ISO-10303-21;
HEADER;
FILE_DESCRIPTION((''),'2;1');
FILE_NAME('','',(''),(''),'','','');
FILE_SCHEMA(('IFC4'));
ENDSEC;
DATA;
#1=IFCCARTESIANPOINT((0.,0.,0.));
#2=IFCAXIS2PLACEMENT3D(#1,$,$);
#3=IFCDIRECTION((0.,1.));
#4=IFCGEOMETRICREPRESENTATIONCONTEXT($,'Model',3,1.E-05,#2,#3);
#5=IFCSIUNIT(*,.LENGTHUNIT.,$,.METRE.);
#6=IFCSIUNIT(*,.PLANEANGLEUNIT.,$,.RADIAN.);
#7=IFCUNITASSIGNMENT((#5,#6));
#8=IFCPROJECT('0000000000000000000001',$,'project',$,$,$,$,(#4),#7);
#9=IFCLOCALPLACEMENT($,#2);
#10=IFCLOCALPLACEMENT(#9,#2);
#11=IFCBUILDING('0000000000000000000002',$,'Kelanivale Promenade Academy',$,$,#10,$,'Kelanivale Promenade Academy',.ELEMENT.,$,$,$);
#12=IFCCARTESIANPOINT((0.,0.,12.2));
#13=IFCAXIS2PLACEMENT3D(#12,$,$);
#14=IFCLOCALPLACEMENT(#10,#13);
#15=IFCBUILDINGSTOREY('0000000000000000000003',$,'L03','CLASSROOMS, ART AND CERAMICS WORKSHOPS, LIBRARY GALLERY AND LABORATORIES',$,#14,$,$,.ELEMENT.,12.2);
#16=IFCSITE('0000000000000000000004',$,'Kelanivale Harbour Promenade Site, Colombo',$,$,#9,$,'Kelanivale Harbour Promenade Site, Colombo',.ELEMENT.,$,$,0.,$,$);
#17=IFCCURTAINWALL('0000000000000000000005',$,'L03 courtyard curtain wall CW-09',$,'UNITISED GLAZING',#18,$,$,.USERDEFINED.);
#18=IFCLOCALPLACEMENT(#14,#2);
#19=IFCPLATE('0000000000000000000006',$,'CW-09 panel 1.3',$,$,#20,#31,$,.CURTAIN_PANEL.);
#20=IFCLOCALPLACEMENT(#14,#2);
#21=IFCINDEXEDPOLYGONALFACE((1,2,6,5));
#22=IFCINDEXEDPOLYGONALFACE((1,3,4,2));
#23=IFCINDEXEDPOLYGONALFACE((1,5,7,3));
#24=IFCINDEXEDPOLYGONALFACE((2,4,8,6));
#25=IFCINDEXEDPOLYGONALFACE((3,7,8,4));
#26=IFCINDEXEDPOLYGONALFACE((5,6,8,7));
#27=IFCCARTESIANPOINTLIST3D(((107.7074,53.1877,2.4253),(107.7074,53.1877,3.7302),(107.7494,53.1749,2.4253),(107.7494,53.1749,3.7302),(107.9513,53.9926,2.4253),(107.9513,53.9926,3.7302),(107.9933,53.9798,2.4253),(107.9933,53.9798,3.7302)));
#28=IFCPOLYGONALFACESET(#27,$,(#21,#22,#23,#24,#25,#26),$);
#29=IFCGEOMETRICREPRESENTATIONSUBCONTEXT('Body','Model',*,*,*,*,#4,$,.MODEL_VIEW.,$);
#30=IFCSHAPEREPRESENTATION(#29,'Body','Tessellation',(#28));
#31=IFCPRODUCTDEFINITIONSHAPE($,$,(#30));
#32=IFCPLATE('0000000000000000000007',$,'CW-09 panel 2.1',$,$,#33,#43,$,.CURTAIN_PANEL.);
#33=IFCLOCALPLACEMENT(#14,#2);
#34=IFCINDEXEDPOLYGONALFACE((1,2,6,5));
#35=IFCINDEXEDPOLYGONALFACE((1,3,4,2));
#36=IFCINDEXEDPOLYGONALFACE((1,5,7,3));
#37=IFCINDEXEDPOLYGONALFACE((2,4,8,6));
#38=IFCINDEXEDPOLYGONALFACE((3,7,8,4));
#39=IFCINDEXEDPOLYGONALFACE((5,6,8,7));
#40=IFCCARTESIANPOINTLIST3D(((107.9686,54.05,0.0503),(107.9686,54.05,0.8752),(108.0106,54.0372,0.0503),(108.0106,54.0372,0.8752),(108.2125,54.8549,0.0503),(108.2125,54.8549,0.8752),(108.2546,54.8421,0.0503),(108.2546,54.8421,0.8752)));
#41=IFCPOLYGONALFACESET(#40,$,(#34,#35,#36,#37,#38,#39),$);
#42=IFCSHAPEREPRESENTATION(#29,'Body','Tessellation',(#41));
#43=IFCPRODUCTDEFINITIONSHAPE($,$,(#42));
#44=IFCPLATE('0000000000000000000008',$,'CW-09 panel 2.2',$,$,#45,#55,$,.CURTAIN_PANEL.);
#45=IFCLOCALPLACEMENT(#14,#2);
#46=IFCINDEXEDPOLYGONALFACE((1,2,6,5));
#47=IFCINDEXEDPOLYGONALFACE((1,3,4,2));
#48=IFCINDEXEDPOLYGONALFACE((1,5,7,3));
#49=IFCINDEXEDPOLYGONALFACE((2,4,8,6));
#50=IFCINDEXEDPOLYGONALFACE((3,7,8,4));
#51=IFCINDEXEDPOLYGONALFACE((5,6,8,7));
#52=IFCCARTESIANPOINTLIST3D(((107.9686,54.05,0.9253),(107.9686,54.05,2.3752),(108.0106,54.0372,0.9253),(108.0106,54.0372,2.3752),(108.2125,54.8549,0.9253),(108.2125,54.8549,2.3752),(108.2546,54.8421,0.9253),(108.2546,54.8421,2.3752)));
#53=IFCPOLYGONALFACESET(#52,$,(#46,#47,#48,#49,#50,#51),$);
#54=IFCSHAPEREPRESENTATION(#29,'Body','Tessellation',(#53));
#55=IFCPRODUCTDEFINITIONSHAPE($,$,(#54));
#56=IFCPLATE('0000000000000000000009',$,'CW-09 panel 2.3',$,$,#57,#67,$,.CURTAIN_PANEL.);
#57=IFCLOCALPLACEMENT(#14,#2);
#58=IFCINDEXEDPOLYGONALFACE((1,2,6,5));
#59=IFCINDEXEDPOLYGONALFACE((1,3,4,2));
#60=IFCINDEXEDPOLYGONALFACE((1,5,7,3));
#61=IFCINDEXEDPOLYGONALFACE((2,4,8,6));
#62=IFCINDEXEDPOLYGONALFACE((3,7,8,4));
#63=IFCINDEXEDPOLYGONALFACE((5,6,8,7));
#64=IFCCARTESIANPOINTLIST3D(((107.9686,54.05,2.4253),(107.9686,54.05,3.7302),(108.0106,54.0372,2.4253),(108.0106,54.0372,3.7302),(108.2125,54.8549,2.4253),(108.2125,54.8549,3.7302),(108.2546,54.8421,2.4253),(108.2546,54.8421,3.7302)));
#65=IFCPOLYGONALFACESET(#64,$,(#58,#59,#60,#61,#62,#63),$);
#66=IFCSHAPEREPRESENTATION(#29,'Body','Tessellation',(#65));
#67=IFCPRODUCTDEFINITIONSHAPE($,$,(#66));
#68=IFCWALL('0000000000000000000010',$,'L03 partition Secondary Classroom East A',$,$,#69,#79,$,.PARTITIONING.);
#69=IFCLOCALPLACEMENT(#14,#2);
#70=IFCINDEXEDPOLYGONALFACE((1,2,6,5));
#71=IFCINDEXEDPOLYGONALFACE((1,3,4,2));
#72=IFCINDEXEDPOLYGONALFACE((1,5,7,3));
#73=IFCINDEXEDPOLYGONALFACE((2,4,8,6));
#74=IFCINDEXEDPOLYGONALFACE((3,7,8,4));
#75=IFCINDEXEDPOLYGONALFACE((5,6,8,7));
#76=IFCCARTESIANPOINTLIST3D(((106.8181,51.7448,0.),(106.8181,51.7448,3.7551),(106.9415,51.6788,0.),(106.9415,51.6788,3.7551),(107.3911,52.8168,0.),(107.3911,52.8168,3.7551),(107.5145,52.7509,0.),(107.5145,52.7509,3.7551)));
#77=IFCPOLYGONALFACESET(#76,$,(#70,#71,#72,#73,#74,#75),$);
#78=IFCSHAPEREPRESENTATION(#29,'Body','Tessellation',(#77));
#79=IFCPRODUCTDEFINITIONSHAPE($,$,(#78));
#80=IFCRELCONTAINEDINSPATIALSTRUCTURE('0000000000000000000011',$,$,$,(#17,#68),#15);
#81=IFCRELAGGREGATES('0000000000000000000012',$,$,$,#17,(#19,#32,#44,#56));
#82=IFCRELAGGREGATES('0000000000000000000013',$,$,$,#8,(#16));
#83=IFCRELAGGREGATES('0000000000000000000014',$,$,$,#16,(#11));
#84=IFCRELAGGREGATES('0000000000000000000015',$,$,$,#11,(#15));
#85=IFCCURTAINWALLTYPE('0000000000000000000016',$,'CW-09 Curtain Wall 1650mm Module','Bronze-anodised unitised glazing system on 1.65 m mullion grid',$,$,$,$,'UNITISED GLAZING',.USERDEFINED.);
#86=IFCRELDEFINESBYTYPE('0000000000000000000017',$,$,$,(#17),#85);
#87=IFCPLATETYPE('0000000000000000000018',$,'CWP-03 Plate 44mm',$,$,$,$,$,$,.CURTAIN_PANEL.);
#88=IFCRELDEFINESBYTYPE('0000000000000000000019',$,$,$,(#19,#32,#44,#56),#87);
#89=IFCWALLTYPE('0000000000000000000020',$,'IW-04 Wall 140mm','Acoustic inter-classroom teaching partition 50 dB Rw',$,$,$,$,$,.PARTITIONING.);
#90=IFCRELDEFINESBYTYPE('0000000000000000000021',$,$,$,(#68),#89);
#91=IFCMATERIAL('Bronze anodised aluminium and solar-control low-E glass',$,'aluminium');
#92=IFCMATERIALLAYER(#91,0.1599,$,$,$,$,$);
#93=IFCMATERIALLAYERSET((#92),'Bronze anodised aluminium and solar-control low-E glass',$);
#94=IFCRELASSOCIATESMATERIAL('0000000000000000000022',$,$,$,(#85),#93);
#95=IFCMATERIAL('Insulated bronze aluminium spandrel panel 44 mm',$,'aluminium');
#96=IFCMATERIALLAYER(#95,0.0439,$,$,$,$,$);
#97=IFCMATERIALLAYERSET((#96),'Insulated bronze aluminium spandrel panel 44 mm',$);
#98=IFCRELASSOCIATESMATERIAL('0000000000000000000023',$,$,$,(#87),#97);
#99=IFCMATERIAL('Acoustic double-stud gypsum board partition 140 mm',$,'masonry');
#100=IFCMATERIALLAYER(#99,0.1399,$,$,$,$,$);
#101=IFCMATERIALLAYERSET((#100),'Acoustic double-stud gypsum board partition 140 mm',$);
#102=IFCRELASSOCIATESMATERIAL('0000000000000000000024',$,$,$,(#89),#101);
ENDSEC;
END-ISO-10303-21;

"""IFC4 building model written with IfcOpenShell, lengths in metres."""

from ifc_helpers import new_model, si_unit, direction, frame, frame_2d, origin, origin_2d, place, context, subcontext, project, spatial, rectangle, extrude, material, layer, layer_set, type_object, element, aggregate, save


model = new_model("IFC4")

# Units and contexts
model_context = context("Model", 3, precision=1e-05, world=origin(), true_north=direction((0.0, 1.0)))
body_context = subcontext(model_context, "Body", "Model", "MODEL_VIEW")
ifc_project = project(units=[si_unit("LENGTHUNIT", "METRE"), si_unit("PLANEANGLEUNIT", "RADIAN")], contexts=[model_context])

# Site, building, storey
site_placement = place(None, origin())
site = spatial("IfcSite", under=ifc_project, at=site_placement, Name="Kelanivale Harbour Promenade Site, Colombo", LongName="Kelanivale Harbour Promenade Site, Colombo", CompositionType="ELEMENT", RefElevation=0.0)
building_placement = place(site_placement, origin())
building = spatial("IfcBuilding", under=site, at=building_placement, Name="Kelanivale Promenade Academy", LongName="Kelanivale Promenade Academy", CompositionType="ELEMENT")
storey_placement = place(building_placement, frame((0.0, 0.0, 12.2)))
storey = spatial("IfcBuildingStorey", under=building, at=storey_placement, Name="L03", Description="CLASSROOMS, ART AND CERAMICS WORKSHOPS, LIBRARY GALLERY AND LABORATORIES", CompositionType="ELEMENT", Elevation=12.2)

# Curtain wall
ifc_material_1 = material(Name="Bronze anodised aluminium and solar-control low-E glass", Category="aluminium")
ifc_layer_1 = layer(ifc_material_1, 0.1599)
ifc_layer_set_1 = layer_set([ifc_layer_1], Name="Bronze anodised aluminium and solar-control low-E glass")
curtain_wall_type_1 = type_object("IfcCurtainWallType", Name="CW-09 Curtain Wall 1650mm Module", Description="Bronze-anodised unitised glazing system on 1.65 m mullion grid", ElementType="UNITISED GLAZING", PredefinedType="USERDEFINED", material=ifc_layer_set_1)
curtain_wall_1_placement = place(storey_placement, origin())
curtain_wall_1 = element("IfcCurtainWall", 1, at=curtain_wall_1_placement, inside=storey, type_object=curtain_wall_type_1, Name="L03 courtyard curtain wall CW-09", ObjectType="UNITISED GLAZING", PredefinedType="USERDEFINED")

# Plates
ifc_material_2 = material(Name="Insulated bronze aluminium spandrel panel 44 mm", Category="aluminium")
ifc_layer_2 = layer(ifc_material_2, 0.0439)
ifc_layer_set_2 = layer_set([ifc_layer_2], Name="Insulated bronze aluminium spandrel panel 44 mm")
plate_type_1 = type_object("IfcPlateType", Name="CWP-03 Plate 44mm", PredefinedType="CURTAIN_PANEL", material=ifc_layer_set_2)
plate_1_placement = place(storey_placement, frame((107.8503, 53.5837, 2.4253), z_axis=(0.0, 0.0, 1.0), x_axis=(0.290007, 0.957024, 0.0)))
plate_1 = element("IfcPlate", 2, at=plate_1_placement, type_object=plate_type_1, Name="CW-09 panel 1.3", PredefinedType="CURTAIN_PANEL", context=body_context, shape_type="SweptSolid", body=[
    extrude(rectangle(XDim=0.8411, YDim=0.0439, at=origin_2d()), origin(), (0.0, 0.0, 1.0), 1.3049),
])
plate_2_placement = place(storey_placement, frame((108.1116, 54.446, 0.0503), z_axis=(0.0, 0.0, 1.0), x_axis=(0.290007, 0.957024, 0.0)))
plate_2 = element("IfcPlate", 3, at=plate_2_placement, type_object=plate_type_1, Name="CW-09 panel 2.1", PredefinedType="CURTAIN_PANEL", context=body_context, shape_type="SweptSolid", body=[
    extrude(rectangle(XDim=0.8411, YDim=0.0439, at=origin_2d()), origin(), (0.0, 0.0, 1.0), 0.825),
])
plate_3_placement = place(storey_placement, frame((108.1116, 54.446, 0.9253), z_axis=(0.0, 0.0, 1.0), x_axis=(0.290007, 0.957024, 0.0)))
plate_3 = element("IfcPlate", 4, at=plate_3_placement, type_object=plate_type_1, Name="CW-09 panel 2.2", PredefinedType="CURTAIN_PANEL", context=body_context, shape_type="SweptSolid", body=[
    extrude(rectangle(XDim=0.8411, YDim=0.0439, at=origin_2d()), origin(), (0.0, 0.0, 1.0), 1.45),
])
plate_4_placement = place(storey_placement, frame((108.1116, 54.446, 2.4253), z_axis=(0.0, 0.0, 1.0), x_axis=(0.290007, 0.957024, 0.0)))
plate_4 = element("IfcPlate", 5, at=plate_4_placement, type_object=plate_type_1, Name="CW-09 panel 2.3", PredefinedType="CURTAIN_PANEL", context=body_context, shape_type="SweptSolid", body=[
    extrude(rectangle(XDim=0.8411, YDim=0.0439, at=origin_2d()), origin(), (0.0, 0.0, 1.0), 1.3049),
])
aggregate(curtain_wall_1, [plate_1, plate_2, plate_3, plate_4])

# Wall
ifc_material_3 = material(Name="Acoustic double-stud gypsum board partition 140 mm", Category="masonry")
ifc_layer_3 = layer(ifc_material_3, 0.1399)
ifc_layer_set_3 = layer_set([ifc_layer_3], Name="Acoustic double-stud gypsum board partition 140 mm")
wall_type = type_object("IfcWallType", Name="IW-04 Wall 140mm", Description="Acoustic inter-classroom teaching partition 50 dB Rw", PredefinedType="PARTITIONING", material=ifc_layer_set_3)
wall_placement = place(storey_placement, frame((107.4529, 52.7839, 0.0), z_axis=(0.0, 0.0, 1.0), x_axis=(-0.471391, -0.881924, 0.0)))
element("IfcWall", 6, at=wall_placement, inside=storey, type_object=wall_type, Name="L03 partition Secondary Classroom East A", PredefinedType="PARTITIONING", context=body_context, shape_type="SweptSolid", body=[
    extrude(rectangle(XDim=1.2156, YDim=0.1399, at=frame_2d((0.6079, 0.0))), origin(), (0.0, 0.0, 1.0), 3.7551),
])

save(model, "model.ifc")
